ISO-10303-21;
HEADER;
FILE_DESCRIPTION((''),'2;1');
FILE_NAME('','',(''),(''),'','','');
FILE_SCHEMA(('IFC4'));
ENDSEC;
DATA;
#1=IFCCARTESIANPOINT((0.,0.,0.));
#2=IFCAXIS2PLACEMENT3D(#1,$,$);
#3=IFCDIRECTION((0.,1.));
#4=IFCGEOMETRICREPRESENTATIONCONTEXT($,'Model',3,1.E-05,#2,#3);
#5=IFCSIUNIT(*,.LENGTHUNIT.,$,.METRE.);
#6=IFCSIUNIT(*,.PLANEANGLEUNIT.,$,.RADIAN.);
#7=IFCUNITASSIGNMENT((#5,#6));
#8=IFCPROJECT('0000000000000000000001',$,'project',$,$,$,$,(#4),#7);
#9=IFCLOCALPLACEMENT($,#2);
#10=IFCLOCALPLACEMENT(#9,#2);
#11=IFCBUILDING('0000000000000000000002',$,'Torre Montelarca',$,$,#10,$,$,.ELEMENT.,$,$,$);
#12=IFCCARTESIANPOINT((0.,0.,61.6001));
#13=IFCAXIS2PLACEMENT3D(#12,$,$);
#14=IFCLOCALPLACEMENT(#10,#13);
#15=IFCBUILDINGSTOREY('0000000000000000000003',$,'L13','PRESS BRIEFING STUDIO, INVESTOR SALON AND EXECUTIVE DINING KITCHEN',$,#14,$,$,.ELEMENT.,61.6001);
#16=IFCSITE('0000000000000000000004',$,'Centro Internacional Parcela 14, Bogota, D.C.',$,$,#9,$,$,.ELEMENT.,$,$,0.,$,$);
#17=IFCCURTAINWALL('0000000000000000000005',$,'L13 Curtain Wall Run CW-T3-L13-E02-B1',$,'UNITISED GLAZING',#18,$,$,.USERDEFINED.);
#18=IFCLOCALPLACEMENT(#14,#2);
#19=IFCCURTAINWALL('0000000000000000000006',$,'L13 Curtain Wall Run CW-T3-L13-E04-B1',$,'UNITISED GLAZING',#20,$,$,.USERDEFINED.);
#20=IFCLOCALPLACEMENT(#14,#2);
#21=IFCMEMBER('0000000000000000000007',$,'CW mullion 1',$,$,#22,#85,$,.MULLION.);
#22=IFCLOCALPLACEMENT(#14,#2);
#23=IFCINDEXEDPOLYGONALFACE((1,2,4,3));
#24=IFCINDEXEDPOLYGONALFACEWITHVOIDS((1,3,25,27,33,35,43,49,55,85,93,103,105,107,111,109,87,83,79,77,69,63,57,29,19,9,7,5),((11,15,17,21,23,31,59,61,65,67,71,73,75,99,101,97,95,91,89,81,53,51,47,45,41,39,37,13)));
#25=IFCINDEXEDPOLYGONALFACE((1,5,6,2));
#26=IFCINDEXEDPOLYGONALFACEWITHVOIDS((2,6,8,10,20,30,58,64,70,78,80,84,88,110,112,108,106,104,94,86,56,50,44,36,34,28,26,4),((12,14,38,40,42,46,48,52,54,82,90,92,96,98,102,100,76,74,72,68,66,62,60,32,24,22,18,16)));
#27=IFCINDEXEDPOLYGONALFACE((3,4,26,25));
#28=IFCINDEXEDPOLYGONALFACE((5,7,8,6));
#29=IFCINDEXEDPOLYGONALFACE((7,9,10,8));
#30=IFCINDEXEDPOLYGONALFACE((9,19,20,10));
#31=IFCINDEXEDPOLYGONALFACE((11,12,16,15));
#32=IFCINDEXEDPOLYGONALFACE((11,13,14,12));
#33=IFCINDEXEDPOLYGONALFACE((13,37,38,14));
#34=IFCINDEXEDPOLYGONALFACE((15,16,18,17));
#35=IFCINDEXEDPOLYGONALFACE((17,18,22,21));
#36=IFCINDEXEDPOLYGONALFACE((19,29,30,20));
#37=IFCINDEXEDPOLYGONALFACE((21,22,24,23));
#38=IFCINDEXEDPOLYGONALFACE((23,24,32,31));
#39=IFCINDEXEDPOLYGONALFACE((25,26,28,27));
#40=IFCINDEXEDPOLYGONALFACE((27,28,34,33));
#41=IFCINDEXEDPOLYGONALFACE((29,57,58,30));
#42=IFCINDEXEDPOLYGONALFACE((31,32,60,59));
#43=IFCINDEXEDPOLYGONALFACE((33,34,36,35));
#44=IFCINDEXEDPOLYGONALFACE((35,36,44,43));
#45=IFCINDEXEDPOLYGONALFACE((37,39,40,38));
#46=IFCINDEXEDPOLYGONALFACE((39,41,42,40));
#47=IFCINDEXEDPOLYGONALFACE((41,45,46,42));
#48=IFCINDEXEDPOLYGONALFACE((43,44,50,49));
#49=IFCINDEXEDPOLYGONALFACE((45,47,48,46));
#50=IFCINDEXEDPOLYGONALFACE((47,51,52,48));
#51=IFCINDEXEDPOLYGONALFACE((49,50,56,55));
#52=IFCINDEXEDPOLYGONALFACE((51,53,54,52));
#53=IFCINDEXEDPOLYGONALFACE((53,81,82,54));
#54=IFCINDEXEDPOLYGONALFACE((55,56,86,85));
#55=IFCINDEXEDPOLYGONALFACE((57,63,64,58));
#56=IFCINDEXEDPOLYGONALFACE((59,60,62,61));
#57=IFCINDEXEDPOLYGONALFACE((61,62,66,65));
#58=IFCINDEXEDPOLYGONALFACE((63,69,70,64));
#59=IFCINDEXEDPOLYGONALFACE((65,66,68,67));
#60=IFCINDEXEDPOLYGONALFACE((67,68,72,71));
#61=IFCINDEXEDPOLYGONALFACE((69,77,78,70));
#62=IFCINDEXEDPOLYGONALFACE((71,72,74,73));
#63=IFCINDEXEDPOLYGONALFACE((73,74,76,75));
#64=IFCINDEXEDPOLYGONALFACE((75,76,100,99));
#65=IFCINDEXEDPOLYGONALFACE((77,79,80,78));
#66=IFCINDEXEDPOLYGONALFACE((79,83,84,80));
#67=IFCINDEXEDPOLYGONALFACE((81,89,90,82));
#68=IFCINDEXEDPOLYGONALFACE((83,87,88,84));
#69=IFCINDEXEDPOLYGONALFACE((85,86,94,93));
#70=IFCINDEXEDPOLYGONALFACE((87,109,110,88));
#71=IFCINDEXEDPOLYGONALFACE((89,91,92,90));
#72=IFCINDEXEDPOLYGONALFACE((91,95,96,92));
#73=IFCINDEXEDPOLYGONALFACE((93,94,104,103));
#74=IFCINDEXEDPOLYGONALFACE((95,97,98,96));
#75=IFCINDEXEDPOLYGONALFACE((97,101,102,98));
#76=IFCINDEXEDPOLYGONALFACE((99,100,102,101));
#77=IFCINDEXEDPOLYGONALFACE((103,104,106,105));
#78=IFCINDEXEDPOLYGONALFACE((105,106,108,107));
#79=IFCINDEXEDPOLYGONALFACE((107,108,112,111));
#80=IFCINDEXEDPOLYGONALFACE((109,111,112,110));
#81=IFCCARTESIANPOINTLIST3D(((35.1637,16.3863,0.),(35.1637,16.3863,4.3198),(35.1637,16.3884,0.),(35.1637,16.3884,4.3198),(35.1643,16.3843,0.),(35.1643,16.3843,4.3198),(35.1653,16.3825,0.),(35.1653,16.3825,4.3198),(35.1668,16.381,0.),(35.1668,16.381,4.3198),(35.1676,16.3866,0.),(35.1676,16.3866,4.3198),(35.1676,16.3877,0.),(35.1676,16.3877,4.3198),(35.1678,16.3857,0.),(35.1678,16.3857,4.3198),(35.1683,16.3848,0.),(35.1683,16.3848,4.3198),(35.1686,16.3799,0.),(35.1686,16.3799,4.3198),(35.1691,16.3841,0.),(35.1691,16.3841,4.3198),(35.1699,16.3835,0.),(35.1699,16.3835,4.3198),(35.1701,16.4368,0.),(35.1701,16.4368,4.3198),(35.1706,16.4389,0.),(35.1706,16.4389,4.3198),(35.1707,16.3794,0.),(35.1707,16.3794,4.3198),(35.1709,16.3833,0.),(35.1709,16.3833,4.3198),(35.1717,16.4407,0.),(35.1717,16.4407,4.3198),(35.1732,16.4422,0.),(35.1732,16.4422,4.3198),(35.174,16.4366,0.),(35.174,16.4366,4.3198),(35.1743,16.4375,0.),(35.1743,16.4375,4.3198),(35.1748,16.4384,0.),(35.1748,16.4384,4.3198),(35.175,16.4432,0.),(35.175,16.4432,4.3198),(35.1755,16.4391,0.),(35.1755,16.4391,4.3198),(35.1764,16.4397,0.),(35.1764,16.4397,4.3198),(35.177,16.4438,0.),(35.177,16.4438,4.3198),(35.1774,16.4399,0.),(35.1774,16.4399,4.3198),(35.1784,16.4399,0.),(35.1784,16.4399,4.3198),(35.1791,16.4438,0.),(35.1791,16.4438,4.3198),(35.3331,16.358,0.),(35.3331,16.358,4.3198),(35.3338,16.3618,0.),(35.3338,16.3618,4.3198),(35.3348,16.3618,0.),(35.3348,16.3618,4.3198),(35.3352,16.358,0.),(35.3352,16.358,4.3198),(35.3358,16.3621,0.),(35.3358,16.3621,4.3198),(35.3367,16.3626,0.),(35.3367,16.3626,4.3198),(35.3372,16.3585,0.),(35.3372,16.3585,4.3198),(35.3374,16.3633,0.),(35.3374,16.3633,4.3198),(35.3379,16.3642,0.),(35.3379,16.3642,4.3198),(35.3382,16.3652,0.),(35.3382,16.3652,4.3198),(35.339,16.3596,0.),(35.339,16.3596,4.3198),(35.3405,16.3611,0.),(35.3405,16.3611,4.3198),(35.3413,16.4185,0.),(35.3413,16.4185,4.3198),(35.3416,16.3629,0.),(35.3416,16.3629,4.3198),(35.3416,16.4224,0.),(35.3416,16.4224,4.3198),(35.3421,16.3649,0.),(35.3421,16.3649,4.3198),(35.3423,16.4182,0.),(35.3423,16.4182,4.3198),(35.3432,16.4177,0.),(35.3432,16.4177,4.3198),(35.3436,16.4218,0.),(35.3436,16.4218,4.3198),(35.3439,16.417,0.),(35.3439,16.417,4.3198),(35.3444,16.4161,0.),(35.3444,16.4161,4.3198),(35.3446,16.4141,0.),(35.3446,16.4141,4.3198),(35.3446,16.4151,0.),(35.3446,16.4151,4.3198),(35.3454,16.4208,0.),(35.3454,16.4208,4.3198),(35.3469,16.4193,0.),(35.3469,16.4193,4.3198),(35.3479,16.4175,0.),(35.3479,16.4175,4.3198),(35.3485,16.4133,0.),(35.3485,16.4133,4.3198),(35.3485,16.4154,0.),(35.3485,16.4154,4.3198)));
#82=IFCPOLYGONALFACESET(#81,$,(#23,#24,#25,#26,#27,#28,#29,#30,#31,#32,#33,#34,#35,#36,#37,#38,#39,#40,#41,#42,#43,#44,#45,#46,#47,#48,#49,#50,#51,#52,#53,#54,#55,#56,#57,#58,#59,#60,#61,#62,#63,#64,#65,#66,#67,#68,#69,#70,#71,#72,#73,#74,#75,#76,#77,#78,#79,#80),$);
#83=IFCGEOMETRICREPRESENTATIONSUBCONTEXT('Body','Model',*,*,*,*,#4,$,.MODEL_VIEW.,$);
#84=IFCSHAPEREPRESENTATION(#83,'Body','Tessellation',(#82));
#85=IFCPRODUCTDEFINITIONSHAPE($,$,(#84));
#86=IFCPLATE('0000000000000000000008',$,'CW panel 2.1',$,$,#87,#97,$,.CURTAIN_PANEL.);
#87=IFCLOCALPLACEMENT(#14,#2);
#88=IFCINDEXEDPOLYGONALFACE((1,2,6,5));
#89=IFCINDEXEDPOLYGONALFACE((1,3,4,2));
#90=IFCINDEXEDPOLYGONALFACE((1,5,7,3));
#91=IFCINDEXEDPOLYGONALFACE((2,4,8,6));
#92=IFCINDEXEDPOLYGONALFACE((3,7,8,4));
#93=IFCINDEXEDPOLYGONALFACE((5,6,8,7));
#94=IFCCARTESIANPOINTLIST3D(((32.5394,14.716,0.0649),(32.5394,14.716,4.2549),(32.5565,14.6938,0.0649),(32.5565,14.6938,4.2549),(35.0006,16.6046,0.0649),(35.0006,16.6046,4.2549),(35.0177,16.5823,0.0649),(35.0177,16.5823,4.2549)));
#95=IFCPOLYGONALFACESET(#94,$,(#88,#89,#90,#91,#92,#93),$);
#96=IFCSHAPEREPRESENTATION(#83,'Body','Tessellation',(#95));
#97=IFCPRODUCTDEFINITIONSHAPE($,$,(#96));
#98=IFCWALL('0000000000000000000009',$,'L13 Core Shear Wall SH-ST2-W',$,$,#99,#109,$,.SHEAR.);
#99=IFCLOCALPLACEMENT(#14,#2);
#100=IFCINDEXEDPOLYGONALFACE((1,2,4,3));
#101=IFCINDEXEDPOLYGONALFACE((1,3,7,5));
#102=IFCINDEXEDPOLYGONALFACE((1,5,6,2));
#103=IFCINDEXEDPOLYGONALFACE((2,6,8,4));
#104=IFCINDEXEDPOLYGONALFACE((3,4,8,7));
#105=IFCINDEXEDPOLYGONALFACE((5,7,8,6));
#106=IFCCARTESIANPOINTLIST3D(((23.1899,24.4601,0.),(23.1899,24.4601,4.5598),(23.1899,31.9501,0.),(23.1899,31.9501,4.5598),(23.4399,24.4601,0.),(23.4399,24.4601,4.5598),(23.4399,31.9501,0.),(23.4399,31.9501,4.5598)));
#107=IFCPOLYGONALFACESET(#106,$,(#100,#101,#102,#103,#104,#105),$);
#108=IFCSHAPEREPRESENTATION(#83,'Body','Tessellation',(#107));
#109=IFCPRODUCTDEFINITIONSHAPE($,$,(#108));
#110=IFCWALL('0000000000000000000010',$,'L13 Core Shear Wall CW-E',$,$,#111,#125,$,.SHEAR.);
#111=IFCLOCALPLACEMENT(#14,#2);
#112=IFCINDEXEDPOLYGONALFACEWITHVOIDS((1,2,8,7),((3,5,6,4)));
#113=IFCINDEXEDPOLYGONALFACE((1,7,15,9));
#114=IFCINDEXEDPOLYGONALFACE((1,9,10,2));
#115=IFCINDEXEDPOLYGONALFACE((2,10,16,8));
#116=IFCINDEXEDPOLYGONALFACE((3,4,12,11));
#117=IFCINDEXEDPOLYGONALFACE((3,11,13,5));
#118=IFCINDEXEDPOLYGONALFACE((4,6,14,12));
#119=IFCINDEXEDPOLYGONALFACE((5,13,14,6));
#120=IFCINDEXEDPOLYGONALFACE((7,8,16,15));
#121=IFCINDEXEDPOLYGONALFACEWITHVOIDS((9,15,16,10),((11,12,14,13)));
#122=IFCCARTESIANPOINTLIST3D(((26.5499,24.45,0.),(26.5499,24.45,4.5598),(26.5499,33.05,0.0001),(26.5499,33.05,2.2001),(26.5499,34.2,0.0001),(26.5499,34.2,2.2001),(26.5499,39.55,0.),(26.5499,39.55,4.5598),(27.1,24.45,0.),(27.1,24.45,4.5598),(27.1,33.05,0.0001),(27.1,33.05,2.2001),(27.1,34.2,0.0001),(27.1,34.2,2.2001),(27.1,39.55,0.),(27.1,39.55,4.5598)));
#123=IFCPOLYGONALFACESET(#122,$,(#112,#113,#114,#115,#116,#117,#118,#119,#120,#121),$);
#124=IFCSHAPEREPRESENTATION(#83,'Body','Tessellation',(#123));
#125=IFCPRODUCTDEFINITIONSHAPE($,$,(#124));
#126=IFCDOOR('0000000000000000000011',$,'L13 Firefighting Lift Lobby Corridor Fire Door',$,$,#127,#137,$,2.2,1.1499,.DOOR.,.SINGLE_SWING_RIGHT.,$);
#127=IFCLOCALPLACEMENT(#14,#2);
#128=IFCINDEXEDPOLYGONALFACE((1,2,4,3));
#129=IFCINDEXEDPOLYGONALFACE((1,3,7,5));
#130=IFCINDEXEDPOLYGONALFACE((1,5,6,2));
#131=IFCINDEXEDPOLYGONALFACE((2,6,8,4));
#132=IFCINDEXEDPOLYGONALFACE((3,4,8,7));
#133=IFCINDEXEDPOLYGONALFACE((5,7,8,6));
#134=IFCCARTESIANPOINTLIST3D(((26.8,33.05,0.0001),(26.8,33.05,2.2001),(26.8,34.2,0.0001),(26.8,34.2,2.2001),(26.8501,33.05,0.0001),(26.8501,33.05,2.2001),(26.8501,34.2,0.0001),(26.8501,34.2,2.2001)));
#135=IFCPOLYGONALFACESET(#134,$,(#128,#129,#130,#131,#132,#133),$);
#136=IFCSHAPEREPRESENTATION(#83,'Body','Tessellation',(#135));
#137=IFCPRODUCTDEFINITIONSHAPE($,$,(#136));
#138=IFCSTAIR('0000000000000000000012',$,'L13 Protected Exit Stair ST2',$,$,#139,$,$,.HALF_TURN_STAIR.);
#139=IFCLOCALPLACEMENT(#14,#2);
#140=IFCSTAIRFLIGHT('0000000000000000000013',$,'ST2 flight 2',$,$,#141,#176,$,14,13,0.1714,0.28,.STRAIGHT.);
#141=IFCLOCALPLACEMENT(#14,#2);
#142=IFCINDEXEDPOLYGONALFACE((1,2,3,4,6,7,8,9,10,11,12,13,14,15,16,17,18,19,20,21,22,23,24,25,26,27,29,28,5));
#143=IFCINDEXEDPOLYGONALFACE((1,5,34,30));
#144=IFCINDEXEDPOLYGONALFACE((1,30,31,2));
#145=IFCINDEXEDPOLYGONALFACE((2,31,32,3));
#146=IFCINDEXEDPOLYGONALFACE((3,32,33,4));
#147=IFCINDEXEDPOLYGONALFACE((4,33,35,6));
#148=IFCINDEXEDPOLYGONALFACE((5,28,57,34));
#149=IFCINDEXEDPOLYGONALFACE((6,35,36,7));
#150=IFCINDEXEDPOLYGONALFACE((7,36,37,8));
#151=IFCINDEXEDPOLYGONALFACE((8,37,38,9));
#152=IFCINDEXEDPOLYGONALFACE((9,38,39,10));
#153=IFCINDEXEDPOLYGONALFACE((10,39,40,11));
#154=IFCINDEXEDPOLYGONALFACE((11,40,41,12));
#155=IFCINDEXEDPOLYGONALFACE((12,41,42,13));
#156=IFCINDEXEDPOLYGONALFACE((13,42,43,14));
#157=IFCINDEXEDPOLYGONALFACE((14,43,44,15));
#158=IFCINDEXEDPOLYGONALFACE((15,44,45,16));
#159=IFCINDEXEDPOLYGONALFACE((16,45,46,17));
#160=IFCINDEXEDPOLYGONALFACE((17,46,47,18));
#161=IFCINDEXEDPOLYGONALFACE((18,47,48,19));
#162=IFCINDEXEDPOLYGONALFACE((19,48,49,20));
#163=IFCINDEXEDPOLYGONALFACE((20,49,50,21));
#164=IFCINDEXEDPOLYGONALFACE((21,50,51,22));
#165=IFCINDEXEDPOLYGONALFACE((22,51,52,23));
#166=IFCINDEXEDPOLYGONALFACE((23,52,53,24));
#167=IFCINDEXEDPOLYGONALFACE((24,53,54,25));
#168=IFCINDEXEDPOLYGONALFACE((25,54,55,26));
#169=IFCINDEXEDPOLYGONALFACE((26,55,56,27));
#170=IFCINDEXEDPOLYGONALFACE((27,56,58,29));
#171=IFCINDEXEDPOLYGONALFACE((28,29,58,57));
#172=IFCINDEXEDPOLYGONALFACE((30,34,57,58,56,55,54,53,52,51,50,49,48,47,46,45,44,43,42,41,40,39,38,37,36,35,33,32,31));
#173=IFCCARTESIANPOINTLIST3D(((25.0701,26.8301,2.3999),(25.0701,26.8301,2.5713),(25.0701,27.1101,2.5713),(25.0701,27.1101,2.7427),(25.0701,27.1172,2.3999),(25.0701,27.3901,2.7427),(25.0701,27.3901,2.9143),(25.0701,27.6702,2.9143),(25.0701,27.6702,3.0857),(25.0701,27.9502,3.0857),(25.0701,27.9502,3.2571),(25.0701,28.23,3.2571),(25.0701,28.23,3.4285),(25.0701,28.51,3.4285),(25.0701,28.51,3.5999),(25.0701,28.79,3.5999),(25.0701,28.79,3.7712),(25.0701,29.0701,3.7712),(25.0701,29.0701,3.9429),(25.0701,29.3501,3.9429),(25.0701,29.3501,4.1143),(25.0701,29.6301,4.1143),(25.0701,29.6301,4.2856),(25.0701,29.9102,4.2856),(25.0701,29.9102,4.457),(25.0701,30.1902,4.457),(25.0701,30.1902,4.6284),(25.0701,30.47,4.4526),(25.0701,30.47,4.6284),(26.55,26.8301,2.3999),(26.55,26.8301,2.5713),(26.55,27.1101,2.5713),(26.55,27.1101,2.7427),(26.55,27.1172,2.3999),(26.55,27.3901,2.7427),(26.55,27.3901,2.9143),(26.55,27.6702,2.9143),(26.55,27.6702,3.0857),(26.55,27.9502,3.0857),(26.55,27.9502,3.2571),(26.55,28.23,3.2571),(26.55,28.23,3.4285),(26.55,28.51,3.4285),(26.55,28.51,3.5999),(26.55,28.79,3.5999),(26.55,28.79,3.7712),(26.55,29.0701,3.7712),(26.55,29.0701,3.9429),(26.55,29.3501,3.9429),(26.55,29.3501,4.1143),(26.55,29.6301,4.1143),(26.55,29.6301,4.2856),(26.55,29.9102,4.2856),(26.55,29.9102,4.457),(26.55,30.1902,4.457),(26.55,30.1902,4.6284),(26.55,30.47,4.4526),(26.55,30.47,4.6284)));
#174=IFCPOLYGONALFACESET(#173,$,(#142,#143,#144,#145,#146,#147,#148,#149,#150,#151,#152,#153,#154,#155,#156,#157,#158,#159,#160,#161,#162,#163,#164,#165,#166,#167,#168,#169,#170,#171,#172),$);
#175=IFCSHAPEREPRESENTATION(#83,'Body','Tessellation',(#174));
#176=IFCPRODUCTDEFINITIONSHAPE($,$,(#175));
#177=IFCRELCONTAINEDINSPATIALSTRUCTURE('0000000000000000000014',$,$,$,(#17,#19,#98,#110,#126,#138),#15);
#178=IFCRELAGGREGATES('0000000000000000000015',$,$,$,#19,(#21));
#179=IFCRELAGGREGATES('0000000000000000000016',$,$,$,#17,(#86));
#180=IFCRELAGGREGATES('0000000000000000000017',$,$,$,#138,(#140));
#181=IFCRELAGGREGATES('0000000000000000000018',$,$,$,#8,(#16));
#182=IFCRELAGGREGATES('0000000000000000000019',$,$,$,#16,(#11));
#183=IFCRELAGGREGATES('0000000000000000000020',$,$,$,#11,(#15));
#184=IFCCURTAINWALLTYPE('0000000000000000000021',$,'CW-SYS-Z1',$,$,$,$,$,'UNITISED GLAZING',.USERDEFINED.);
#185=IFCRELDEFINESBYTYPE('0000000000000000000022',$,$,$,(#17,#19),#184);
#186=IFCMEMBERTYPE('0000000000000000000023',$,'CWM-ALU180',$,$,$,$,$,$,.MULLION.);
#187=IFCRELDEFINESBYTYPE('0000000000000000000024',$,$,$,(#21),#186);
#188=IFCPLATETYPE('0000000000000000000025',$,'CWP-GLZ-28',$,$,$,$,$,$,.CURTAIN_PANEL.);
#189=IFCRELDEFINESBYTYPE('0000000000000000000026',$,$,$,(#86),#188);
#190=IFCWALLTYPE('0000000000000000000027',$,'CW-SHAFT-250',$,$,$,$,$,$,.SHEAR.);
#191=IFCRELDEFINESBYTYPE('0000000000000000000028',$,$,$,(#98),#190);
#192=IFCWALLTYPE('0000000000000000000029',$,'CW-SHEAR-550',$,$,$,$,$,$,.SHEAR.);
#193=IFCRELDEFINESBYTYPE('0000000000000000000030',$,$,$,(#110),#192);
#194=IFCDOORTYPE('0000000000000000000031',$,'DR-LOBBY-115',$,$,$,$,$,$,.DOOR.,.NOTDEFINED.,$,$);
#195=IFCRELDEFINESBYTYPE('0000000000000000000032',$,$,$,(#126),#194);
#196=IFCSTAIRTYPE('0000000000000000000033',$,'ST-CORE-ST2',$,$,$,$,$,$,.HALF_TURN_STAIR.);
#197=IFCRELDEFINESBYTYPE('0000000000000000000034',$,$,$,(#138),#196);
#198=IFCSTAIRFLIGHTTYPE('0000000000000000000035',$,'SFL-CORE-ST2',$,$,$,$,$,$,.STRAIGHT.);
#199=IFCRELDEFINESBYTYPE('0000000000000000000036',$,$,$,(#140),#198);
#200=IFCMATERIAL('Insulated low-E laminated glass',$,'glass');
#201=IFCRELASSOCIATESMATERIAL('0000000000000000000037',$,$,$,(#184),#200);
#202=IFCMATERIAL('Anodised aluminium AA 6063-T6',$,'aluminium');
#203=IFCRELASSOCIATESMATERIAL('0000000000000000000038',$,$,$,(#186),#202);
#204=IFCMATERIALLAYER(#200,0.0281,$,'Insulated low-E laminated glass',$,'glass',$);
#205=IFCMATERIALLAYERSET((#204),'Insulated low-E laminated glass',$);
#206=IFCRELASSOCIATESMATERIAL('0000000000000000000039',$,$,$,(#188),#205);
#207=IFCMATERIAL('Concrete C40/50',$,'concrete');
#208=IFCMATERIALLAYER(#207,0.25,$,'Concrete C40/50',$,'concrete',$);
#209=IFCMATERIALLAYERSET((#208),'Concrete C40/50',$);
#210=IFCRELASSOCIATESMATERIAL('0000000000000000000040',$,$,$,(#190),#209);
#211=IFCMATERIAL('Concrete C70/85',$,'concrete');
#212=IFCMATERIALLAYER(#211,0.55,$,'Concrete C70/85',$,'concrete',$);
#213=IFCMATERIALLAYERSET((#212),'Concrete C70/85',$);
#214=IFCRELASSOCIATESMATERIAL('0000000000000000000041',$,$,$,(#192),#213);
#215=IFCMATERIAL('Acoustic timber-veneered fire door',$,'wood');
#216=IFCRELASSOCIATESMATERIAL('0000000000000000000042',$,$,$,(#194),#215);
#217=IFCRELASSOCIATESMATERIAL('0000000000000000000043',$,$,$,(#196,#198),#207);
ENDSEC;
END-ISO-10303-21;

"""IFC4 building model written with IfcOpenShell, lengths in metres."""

from ifc_helpers import new_model, si_unit, direction, frame, frame_2d, origin, origin_2d, place, context, subcontext, project, spatial, polyline, rectangle, hollow_rectangle, outline, extrude, source, transform, mapped, material, layer, layer_set, material_profile, profile_set, type_object, element, fill, aggregate, save


model = new_model("IFC4")

# Units and contexts
model_context = context("Model", 3, precision=1e-05, world=origin(), true_north=direction((0.0, 1.0)))
body_context = subcontext(model_context, "Body", "Model", "MODEL_VIEW")
ifc_project = project(units=[si_unit("LENGTHUNIT", "METRE"), si_unit("PLANEANGLEUNIT", "RADIAN")], contexts=[model_context])

# Site, building, storey
site_placement = place(None, origin())
site = spatial("IfcSite", under=ifc_project, at=site_placement, Name="Centro Internacional Parcela 14, Bogota, D.C.", CompositionType="ELEMENT", RefElevation=0.0)
building_placement = place(site_placement, origin())
building = spatial("IfcBuilding", under=site, at=building_placement, Name="Torre Montelarca", CompositionType="ELEMENT")
storey_placement = place(building_placement, frame((0.0, 0.0, 61.6001)))
storey = spatial("IfcBuildingStorey", under=building, at=storey_placement, Name="L13", Description="PRESS BRIEFING STUDIO, INVESTOR SALON AND EXECUTIVE DINING KITCHEN", CompositionType="ELEMENT", Elevation=61.6001)

# Shared definitions
ifc_material_1 = material(Name="Concrete C70/85", Category="concrete")

# Curtain walls
ifc_material_2 = material(Name="Insulated low-E laminated glass", Category="glass")
curtain_wall_type = type_object("IfcCurtainWallType", Name="CW-SYS-Z1", ElementType="UNITISED GLAZING", PredefinedType="USERDEFINED", material=ifc_material_2)
curtain_wall_1_placement = place(storey_placement, origin())
curtain_wall_1 = element("IfcCurtainWall", 1, at=curtain_wall_1_placement, inside=storey, type_object=curtain_wall_type, Name="L13 Curtain Wall Run CW-T3-L13-E02-B1", ObjectType="UNITISED GLAZING", PredefinedType="USERDEFINED")
ifc_material_3 = material(Name="Anodised aluminium AA 6063-T6", Category="aluminium")
curtain_wall_2_placement = place(storey_placement, origin())
curtain_wall_2 = element("IfcCurtainWall", 2, at=curtain_wall_2_placement, inside=storey, type_object=curtain_wall_type, Name="L13 Curtain Wall Run CW-T3-L13-E04-B1", ObjectType="UNITISED GLAZING", PredefinedType="USERDEFINED")

# Member
ifc_material_profile_1 = material_profile(ifc_material_3, hollow_rectangle(XDim=0.0649, YDim=0.1799, WallThickness=0.0039, InnerFilletRadius=0.0039, OuterFilletRadius=0.0081, at=origin_2d()), Name="ALU65X180X4", Category="aluminium")
ifc_profile_set_1 = profile_set([ifc_material_profile_1], Name="Anodised aluminium AA 6063-T6")
member_type_1 = type_object("IfcMemberType", Name="CWM-ALU180", PredefinedType="MULLION", material=ifc_profile_set_1)
shared_shape_1 = source(origin(), body_context, "Body", "SweptSolid", [
    extrude(hollow_rectangle(XDim=0.0649, YDim=0.1799, WallThickness=0.0039, InnerFilletRadius=0.0039, OuterFilletRadius=0.0081, at=origin_2d()), origin(), (0.0, 0.0, 1.0), 4.3198),
])
member_1_placement = place(storey_placement, frame((35.2561, 16.4009, 0.0), z_axis=(0.0, 0.0, 1.0), x_axis=(0.130521, 0.991446, 0.0)))
member_1 = element("IfcMember", 3, at=member_1_placement, type_object=member_type_1, Name="CW mullion 1", PredefinedType="MULLION", context=body_context, shape_type="MappedRepresentation", body=[
    mapped(shared_shape_1, transform((0.0, 0.0, 0.0), scale=1.0)),
])
aggregate(curtain_wall_2, [member_1])

# Plate
ifc_layer_1 = layer(ifc_material_2, 0.0281, Name="Insulated low-E laminated glass", Category="glass")
ifc_layer_set_1 = layer_set([ifc_layer_1], Name="Insulated low-E laminated glass")
plate_type = type_object("IfcPlateType", Name="CWP-GLZ-28", PredefinedType="CURTAIN_PANEL", material=ifc_layer_set_1)
shared_shape_2 = source(origin(), body_context, "Body", "SweptSolid", [
    extrude(rectangle(XDim=3.1023, YDim=0.0281, at=origin_2d()), origin(), (0.0, 0.0, 1.0), 4.1899),
])
plate_placement = place(storey_placement, frame((33.7786, 15.6492, 0.0649), z_axis=(0.0, 0.0, 1.0), x_axis=(0.793357, 0.608757, 0.0)))
plate = element("IfcPlate", 4, at=plate_placement, type_object=plate_type, Name="CW panel 2.1", PredefinedType="CURTAIN_PANEL", context=body_context, shape_type="MappedRepresentation", body=[
    mapped(shared_shape_2, transform((0.0, 0.0, 0.0), scale=1.0)),
])
aggregate(curtain_wall_1, [plate])

# Wall
ifc_material_4 = material(Name="Concrete C40/50", Category="concrete")
ifc_layer_2 = layer(ifc_material_4, 0.25, Name="Concrete C40/50", Category="concrete")
ifc_layer_set_2 = layer_set([ifc_layer_2], Name="Concrete C40/50")
wall_type_1 = type_object("IfcWallType", Name="CW-SHAFT-250", PredefinedType="SHEAR", material=ifc_layer_set_2)
wall_1_placement = place(storey_placement, frame((23.3149, 24.46, 0.0), z_axis=(0.0, 0.0, 1.0), x_axis=(0.0, 1.0, 0.0)))
element("IfcWall", 5, at=wall_1_placement, inside=storey, type_object=wall_type_1, Name="L13 Core Shear Wall SH-ST2-W", PredefinedType="SHEAR", context=body_context, shape_type="SweptSolid", body=[
    extrude(rectangle(XDim=7.49, YDim=0.25, at=frame_2d((3.7451, 0.0))), origin(), (0.0, 0.0, 1.0), 4.5598),
])

# Wall, opening, door
ifc_layer_3 = layer(ifc_material_1, 0.55, Name="Concrete C70/85", Category="concrete")
ifc_layer_set_3 = layer_set([ifc_layer_3], Name="Concrete C70/85")
wall_type_2 = type_object("IfcWallType", Name="CW-SHEAR-550", PredefinedType="SHEAR", material=ifc_layer_set_3)
wall_2_placement = place(storey_placement, frame((26.825, 24.45, 0.0), z_axis=(0.0, 0.0, 1.0), x_axis=(0.0, 1.0, 0.0)))
wall_2 = element("IfcWall", 6, at=wall_2_placement, inside=storey, type_object=wall_type_2, Name="L13 Core Shear Wall CW-E", PredefinedType="SHEAR", context=body_context, shape_type="SweptSolid", body=[
    extrude(rectangle(XDim=15.1001, YDim=0.55, at=frame_2d((7.55, 0.0))), origin(), (0.0, 0.0, 1.0), 4.5598),
])
opening_placement = place(wall_2_placement, frame((8.6001, 0.0, 0.0)))
opening = element("IfcOpeningElement", 7, at=opening_placement, cuts=wall_2, PredefinedType="OPENING", context=body_context, shape_type="SweptSolid", body=[
    extrude(rectangle(XDim=1.1499, YDim=2.2, at=frame_2d((0.575, 1.1001))), frame((0.0, 0.2852, 0.0), z_axis=(0.0, -1.0, 0.0), x_axis=(1.0, 0.0, 0.0)), (0.0, 0.0, 1.0), 0.5701),
])
ifc_material_5 = material(Name="Acoustic timber-veneered fire door", Category="wood")
door_type = type_object("IfcDoorType", Name="DR-LOBBY-115", OperationType="NOTDEFINED", PredefinedType="DOOR", material=ifc_material_5)
shared_shape_3 = source(origin(), body_context, "Body", "SweptSolid", [
    extrude(rectangle(XDim=1.1499, YDim=2.2, at=frame_2d((0.575, 1.1001))), frame((0.0, 0.0249, 0.0), z_axis=(0.0, -1.0, 0.0), x_axis=(1.0, 0.0, 0.0)), (0.0, 0.0, 1.0), 0.05),
])
door_placement = place(opening_placement, origin())
door = element("IfcDoor", 8, at=door_placement, inside=storey, type_object=door_type, Name="L13 Firefighting Lift Lobby Corridor Fire Door", OperationType="SINGLE_SWING_RIGHT", OverallHeight=2.2, OverallWidth=1.1499, PredefinedType="DOOR", context=body_context, shape_type="MappedRepresentation", body=[
    mapped(shared_shape_3, transform((0.0, 0.0, 0.0), scale=1.0)),
])
fill(opening, door)

# Stair, stair flight
stair_type = type_object("IfcStairType", Name="ST-CORE-ST2", PredefinedType="HALF_TURN_STAIR", material=ifc_material_4)
stair_placement = place(storey_placement, origin())
stair = element("IfcStair", 9, at=stair_placement, inside=storey, type_object=stair_type, Name="L13 Protected Exit Stair ST2", PredefinedType="HALF_TURN_STAIR")
stair_flight_type = type_object("IfcStairFlightType", Name="SFL-CORE-ST2", PredefinedType="STRAIGHT", material=ifc_material_4)
stair_flight_placement = place(storey_placement, frame((25.8101, 26.8301, 2.3999), z_axis=(0.0, 0.0, 1.0), x_axis=(0.0, 1.0, 0.0)))
stair_flight = element("IfcStairFlight", 10, at=stair_flight_placement, type_object=stair_flight_type, Name="ST2 flight 2", NumberOfRisers=14, NumberOfTreads=13, PredefinedType="STRAIGHT", RiserHeight=0.1714, TreadLength=0.28, context=body_context, shape_type="SweptSolid", body=[
    extrude(outline(polyline([(0.0, 0.0), (0.0, 0.1714), (0.28, 0.1714), (0.28, 0.3428), (0.5601, 0.3428), (0.5601, 0.5144), (0.8401, 0.5144), (0.8401, 0.6858), (1.1201, 0.6858), (1.1201, 0.8572), (1.3999, 0.8572), (1.3999, 1.0286), (1.6799, 1.0286), (1.6799, 1.2), (1.96, 1.2), (1.96, 1.3713), (2.24, 1.3713), (2.24, 1.543), (2.52, 1.543), (2.52, 1.7144), (2.8, 1.7144), (2.8, 1.8857), (3.0801, 1.8857), (3.0801, 2.0571), (3.3601, 2.0571), (3.3601, 2.2285), (3.6399, 2.2285), (3.6399, 2.3999), (3.6399, 2.0527), (0.2871, 0.0), (0.0, 0.0)])), frame((0.0, 0.74, 0.0), z_axis=(0.0, -1.0, 0.0), x_axis=(1.0, 0.0, 0.0)), (0.0, 0.0, 1.0), 1.48),
])
aggregate(stair, [stair_flight])

save(model, "model.ifc")
